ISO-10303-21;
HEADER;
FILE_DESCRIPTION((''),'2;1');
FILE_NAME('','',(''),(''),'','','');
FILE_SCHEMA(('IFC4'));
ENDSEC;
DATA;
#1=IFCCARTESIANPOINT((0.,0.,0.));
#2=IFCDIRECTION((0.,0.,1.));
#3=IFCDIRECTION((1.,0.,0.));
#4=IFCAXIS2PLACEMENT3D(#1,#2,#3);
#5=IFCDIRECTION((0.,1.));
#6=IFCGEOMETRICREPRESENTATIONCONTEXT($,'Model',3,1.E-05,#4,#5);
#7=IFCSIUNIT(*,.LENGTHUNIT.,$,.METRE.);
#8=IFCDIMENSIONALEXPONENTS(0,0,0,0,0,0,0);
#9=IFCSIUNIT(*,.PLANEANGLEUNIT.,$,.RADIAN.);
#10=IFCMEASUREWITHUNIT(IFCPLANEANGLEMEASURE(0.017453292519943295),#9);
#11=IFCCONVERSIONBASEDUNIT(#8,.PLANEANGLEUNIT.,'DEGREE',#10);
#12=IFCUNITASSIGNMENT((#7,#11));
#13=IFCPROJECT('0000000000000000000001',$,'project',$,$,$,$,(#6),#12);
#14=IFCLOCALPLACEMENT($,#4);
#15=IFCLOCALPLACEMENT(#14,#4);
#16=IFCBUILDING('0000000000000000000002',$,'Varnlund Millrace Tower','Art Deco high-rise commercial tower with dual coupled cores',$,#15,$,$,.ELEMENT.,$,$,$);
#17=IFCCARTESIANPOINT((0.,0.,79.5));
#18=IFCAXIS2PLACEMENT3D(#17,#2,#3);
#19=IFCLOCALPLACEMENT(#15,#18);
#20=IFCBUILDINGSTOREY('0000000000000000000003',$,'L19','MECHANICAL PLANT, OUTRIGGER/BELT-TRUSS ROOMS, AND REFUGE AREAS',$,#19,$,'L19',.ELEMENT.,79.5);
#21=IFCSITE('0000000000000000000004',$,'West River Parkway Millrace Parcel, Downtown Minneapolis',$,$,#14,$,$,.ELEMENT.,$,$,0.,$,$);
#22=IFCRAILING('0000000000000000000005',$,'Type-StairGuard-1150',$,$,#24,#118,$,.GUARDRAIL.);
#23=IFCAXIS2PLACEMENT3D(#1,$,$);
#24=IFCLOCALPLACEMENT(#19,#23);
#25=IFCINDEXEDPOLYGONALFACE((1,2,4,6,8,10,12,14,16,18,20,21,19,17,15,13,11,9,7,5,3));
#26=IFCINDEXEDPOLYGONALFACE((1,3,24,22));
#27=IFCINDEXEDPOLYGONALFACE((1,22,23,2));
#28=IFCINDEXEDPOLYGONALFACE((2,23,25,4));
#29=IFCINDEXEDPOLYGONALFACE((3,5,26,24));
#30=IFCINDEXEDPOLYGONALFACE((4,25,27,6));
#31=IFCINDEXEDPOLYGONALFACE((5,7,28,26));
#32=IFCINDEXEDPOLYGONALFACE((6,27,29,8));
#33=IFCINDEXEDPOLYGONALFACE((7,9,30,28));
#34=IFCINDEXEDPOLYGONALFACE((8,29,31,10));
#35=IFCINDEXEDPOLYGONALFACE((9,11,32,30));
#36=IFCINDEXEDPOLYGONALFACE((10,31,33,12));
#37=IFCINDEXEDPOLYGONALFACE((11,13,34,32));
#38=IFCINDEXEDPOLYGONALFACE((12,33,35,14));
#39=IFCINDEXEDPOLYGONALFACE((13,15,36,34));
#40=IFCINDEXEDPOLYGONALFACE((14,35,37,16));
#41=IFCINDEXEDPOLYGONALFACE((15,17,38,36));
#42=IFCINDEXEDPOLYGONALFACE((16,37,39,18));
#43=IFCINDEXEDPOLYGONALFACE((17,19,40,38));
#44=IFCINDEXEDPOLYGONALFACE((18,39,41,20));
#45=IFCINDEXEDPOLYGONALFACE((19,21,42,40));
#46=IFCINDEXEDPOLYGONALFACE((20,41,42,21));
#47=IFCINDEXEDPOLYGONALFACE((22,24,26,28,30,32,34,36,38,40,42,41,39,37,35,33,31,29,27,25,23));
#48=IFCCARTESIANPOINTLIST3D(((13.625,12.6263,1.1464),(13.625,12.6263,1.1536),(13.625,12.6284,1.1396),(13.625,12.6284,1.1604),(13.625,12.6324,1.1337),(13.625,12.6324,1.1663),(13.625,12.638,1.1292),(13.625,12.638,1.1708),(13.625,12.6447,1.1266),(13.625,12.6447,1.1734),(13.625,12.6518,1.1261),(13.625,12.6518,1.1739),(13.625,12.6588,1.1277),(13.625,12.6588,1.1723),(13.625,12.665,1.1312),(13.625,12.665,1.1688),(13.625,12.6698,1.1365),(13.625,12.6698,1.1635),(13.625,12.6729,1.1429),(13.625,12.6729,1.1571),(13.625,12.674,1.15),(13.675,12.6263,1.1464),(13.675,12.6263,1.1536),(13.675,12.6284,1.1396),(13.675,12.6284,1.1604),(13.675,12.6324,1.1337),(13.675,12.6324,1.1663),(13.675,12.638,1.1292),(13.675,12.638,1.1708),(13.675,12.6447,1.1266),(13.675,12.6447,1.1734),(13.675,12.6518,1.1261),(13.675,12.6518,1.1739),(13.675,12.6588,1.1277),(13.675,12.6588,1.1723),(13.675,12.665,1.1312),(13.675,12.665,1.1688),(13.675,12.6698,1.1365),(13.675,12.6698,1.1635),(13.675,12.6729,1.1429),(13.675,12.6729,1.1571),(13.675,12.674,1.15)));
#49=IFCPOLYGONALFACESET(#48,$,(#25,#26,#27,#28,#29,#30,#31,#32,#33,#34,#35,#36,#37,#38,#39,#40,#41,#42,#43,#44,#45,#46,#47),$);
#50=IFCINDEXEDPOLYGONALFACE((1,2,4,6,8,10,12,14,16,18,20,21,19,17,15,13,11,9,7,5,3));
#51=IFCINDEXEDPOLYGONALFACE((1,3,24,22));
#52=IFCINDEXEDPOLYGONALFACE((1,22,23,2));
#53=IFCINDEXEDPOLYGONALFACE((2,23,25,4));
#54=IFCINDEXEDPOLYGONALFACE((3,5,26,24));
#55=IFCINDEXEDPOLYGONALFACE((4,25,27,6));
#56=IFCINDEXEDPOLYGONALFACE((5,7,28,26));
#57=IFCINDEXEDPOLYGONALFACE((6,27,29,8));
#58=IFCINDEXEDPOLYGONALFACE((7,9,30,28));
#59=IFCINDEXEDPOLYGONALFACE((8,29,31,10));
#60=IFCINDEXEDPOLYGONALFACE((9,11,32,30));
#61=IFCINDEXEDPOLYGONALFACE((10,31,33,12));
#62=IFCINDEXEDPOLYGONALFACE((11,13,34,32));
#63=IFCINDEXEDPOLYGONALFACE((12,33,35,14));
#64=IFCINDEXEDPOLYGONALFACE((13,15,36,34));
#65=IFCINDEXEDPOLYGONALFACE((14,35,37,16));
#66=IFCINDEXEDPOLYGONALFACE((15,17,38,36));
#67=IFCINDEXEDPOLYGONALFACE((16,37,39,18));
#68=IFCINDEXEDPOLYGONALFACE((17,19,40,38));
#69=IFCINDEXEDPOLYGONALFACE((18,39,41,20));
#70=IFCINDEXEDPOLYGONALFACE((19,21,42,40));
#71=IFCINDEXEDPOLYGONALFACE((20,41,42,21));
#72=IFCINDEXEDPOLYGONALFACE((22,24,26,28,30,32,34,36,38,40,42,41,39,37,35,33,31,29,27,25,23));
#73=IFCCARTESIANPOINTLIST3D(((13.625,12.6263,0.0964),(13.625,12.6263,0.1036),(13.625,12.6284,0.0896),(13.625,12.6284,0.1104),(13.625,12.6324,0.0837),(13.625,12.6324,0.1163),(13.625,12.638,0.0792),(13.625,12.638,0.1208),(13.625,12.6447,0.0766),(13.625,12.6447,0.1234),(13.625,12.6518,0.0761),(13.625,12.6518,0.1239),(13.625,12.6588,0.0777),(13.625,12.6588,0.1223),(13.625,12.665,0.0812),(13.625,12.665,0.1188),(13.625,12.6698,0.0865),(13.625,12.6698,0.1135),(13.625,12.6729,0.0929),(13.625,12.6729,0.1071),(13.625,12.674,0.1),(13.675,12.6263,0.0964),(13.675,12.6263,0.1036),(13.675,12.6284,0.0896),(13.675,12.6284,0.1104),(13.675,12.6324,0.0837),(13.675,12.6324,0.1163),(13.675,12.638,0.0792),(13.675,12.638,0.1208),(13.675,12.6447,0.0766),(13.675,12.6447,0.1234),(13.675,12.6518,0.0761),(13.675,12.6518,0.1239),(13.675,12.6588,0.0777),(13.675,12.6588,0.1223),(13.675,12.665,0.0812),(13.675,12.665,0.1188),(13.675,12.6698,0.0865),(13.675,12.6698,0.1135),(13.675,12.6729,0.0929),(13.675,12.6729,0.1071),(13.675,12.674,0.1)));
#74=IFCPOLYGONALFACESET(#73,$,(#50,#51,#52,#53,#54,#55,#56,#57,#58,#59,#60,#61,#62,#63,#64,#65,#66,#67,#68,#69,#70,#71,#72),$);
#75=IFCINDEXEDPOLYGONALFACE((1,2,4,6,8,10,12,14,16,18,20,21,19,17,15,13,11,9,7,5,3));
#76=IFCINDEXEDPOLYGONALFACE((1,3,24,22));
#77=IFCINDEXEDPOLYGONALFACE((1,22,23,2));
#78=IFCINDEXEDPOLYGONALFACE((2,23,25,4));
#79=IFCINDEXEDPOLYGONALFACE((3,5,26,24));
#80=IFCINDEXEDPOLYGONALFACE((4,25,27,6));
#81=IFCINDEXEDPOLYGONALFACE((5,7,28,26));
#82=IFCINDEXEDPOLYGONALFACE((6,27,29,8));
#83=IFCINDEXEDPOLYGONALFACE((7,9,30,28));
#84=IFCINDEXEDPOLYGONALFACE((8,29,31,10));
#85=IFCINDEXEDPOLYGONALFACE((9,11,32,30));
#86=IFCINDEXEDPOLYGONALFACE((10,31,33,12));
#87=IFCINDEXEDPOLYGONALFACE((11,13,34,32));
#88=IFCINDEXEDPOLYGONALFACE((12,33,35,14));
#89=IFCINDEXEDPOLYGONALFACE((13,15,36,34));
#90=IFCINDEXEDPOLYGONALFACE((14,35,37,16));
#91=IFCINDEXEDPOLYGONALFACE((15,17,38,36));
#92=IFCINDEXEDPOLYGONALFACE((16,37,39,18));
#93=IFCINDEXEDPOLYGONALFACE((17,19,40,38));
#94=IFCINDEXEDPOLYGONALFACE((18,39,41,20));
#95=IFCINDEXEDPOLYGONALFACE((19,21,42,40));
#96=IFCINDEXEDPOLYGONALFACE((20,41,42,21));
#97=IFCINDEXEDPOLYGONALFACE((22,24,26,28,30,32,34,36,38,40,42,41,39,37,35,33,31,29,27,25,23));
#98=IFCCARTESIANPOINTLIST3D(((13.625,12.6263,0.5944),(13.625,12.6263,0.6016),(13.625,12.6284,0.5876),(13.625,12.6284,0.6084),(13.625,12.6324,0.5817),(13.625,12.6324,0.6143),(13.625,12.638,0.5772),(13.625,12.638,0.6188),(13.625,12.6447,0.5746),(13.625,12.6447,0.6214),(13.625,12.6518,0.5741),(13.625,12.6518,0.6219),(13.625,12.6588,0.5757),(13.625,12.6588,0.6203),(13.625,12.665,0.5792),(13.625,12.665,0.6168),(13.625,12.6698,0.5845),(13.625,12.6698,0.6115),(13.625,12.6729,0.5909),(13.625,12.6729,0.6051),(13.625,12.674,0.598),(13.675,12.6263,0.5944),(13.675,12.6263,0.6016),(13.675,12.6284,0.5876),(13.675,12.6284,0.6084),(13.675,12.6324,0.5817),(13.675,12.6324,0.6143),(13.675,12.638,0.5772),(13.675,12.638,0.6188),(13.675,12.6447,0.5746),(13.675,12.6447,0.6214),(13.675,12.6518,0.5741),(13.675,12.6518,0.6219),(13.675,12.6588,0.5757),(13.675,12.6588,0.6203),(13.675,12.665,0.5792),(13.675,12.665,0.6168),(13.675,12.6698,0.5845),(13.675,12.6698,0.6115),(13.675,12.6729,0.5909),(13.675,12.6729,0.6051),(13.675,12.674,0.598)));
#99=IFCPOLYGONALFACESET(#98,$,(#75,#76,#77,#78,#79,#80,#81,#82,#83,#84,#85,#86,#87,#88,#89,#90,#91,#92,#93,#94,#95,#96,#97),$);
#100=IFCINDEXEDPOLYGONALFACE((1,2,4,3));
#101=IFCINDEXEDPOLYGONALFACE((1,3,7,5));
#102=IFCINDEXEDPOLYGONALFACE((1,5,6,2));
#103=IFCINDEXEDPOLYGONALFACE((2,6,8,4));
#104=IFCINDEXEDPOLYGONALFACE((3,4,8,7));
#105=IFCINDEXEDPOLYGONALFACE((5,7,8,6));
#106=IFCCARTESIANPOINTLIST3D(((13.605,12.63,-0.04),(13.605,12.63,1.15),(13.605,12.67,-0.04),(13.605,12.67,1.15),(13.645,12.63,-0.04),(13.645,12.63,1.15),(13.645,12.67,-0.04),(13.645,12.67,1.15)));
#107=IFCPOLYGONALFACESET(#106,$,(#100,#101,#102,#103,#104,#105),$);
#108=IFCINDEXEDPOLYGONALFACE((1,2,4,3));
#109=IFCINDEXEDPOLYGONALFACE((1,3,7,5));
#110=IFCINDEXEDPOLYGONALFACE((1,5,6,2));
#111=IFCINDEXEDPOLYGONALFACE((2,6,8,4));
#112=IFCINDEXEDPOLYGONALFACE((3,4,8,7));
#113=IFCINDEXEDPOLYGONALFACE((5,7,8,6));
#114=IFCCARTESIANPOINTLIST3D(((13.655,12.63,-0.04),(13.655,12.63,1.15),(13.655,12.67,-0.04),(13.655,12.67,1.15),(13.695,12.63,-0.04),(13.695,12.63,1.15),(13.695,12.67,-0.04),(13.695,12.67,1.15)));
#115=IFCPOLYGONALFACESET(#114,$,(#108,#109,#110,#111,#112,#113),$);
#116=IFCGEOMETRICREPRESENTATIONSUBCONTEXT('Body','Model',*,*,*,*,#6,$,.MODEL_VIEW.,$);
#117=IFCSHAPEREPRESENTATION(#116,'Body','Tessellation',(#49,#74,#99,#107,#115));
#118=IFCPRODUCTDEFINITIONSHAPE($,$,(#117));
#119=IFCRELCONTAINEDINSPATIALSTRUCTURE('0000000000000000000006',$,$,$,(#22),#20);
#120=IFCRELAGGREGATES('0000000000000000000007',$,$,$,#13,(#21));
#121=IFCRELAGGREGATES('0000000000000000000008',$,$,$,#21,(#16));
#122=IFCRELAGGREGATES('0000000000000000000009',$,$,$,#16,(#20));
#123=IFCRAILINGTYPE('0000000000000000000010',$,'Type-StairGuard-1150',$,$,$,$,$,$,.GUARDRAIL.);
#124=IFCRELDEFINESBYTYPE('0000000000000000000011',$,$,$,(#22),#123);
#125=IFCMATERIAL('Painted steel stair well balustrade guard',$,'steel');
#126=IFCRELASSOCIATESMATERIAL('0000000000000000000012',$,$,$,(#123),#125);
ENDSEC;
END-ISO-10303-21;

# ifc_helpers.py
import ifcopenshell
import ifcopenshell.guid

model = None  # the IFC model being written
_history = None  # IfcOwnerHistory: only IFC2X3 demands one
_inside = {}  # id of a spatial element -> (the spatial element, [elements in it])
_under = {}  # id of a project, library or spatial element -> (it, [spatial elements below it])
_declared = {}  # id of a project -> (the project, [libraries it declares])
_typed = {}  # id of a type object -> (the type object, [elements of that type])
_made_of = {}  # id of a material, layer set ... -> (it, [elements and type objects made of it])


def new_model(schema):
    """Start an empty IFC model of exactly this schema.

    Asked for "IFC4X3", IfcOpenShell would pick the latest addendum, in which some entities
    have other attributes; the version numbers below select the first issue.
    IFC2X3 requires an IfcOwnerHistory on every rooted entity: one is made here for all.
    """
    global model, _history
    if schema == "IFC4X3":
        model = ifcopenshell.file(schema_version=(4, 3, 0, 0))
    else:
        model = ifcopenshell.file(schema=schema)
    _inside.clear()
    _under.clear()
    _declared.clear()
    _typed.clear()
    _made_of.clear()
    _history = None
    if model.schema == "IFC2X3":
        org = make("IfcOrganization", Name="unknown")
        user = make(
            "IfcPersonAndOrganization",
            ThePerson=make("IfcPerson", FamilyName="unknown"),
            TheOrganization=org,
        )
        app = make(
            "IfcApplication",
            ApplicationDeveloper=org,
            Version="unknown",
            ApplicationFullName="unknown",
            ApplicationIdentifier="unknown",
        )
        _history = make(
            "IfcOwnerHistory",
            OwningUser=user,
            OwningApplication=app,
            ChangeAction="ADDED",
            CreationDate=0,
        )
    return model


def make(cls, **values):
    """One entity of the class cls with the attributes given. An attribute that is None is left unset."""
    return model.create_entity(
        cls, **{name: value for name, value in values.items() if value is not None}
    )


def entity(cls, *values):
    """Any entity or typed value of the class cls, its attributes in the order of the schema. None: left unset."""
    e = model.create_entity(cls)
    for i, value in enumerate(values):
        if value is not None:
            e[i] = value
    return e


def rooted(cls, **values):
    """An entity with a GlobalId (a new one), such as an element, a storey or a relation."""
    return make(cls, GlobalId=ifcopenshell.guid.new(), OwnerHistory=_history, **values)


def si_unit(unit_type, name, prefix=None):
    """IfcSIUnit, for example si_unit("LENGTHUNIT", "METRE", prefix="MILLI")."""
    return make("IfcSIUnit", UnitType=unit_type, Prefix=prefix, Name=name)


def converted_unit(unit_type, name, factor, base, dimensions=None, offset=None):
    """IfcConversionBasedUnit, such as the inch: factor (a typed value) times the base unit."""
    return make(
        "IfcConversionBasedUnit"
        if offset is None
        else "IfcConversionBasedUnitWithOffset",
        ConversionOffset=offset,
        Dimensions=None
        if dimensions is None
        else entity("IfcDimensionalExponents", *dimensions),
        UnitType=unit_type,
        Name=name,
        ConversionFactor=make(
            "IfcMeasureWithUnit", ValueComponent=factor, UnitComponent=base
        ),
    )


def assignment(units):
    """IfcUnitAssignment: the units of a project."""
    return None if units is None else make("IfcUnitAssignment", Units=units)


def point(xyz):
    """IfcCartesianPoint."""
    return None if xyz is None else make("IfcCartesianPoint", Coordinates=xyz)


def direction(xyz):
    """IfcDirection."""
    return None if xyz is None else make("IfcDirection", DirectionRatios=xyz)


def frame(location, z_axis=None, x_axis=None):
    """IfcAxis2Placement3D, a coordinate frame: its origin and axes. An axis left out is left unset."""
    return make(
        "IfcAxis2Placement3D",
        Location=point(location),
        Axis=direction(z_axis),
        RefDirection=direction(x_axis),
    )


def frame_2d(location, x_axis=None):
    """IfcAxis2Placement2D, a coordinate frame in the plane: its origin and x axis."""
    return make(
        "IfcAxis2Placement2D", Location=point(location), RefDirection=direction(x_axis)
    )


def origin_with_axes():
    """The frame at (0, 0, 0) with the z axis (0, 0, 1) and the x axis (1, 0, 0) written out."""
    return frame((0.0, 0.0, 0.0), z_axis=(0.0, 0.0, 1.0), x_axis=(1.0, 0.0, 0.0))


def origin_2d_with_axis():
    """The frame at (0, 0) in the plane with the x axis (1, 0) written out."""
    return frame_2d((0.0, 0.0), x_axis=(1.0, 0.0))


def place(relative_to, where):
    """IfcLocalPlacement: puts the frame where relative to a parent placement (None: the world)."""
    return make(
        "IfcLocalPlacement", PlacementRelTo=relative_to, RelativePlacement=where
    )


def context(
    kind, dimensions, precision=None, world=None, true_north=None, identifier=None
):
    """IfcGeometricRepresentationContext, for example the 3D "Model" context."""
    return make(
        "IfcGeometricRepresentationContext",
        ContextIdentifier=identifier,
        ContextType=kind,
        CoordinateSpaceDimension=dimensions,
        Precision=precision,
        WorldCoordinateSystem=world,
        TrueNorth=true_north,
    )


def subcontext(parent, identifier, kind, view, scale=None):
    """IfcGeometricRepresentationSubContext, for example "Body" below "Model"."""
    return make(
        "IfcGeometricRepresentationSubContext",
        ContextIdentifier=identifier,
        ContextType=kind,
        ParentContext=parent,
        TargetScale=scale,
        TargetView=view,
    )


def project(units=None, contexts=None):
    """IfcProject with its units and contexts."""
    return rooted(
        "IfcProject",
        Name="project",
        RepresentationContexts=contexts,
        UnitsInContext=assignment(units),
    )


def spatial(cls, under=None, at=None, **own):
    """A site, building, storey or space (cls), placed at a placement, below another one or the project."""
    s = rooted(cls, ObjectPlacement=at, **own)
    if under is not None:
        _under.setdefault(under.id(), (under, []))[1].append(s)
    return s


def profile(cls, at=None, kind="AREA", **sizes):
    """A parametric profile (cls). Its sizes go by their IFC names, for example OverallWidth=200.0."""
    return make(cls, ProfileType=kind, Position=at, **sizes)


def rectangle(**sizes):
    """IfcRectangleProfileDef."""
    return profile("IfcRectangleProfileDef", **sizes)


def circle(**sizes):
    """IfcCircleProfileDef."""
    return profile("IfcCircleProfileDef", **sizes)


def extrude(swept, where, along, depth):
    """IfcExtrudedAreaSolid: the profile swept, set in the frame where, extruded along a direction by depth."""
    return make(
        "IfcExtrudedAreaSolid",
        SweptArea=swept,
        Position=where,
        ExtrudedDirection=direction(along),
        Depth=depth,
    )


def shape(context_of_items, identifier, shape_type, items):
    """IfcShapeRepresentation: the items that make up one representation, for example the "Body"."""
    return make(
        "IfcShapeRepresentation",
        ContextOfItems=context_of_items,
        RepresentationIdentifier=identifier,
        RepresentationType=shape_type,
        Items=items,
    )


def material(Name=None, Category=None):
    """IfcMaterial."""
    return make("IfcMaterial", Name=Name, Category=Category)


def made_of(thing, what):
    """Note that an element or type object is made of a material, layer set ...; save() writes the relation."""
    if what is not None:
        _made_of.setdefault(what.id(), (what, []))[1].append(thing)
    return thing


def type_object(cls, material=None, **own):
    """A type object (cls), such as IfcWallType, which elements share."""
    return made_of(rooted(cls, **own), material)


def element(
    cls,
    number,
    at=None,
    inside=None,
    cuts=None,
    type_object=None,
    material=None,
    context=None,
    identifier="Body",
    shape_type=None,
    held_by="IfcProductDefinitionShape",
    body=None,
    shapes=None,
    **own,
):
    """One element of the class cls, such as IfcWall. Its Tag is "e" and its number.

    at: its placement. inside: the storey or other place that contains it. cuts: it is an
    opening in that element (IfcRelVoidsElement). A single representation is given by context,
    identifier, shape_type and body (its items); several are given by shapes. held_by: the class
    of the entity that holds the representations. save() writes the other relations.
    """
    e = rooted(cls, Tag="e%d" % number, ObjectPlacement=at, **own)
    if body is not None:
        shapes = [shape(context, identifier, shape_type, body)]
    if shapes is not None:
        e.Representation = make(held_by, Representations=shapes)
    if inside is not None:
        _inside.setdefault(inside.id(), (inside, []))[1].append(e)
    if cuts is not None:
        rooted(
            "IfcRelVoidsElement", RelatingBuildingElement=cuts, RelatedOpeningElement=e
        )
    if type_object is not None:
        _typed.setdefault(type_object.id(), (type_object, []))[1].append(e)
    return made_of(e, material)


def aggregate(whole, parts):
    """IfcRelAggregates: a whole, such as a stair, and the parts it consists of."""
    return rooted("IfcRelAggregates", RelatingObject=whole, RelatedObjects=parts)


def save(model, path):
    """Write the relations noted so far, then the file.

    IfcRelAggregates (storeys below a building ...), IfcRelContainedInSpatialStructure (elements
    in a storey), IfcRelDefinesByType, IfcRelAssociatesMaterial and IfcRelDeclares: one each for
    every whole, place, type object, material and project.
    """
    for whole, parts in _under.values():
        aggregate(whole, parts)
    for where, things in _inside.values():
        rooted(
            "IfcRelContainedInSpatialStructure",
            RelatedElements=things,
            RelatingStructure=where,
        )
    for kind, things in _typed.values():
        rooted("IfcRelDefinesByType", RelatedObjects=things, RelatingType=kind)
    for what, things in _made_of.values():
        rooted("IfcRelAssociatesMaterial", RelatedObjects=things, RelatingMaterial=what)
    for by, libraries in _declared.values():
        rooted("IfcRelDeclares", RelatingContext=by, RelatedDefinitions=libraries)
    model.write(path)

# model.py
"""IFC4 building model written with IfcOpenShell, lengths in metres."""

from ifc_helpers import new_model, entity, si_unit, converted_unit, direction, frame, origin_with_axes, origin_2d_with_axis, place, context, subcontext, project, spatial, rectangle, circle, extrude, material, type_object, element, save


model = new_model("IFC4")

# Units and contexts
model_context = context("Model", 3, precision=1e-05, world=origin_with_axes(), true_north=direction((0.0, 1.0)))
body_context = subcontext(model_context, "Body", "Model", "MODEL_VIEW")
ifc_project = project(units=[si_unit("LENGTHUNIT", "METRE"), converted_unit("PLANEANGLEUNIT", "DEGREE", entity("IfcPlaneAngleMeasure", 0.017453292519943295), si_unit("PLANEANGLEUNIT", "RADIAN"), dimensions=[0, 0, 0, 0, 0, 0, 0])], contexts=[model_context])

# Site, building, storey
site_placement = place(None, origin_with_axes())
site = spatial("IfcSite", under=ifc_project, at=site_placement, Name="West River Parkway Millrace Parcel, Downtown Minneapolis", CompositionType="ELEMENT", RefElevation=0.0)
building_placement = place(site_placement, origin_with_axes())
building = spatial("IfcBuilding", under=site, at=building_placement, Name="Varnlund Millrace Tower", Description="Art Deco high-rise commercial tower with dual coupled cores", CompositionType="ELEMENT")
storey_placement = place(building_placement, frame((0.0, 0.0, 79.5), z_axis=(0.0, 0.0, 1.0), x_axis=(1.0, 0.0, 0.0)))
storey = spatial("IfcBuildingStorey", under=building, at=storey_placement, Name="L19", Description="MECHANICAL PLANT, OUTRIGGER/BELT-TRUSS ROOMS, AND REFUGE AREAS", LongName="L19", CompositionType="ELEMENT", Elevation=79.5)

# Railing
ifc_material_1 = material(Name="Painted steel stair well balustrade guard", Category="steel")
railing_type_1 = type_object("IfcRailingType", Name="Type-StairGuard-1150", PredefinedType="GUARDRAIL", material=ifc_material_1)
railing_1_placement = place(storey_placement, frame((0.0, 0.0, -79.5), z_axis=(0.0, 0.0, 1.0), x_axis=(1.0, 0.0, 0.0)))
element("IfcRailing", 1, at=railing_1_placement, inside=storey, type_object=railing_type_1, Name="Type-StairGuard-1150", PredefinedType="GUARDRAIL", context=body_context, shape_type="SweptSolid", body=[
    extrude(circle(Radius=0.024, at=origin_2d_with_axis()), frame((13.625, 12.65, 80.65), z_axis=(1.0, 0.0, 0.0), x_axis=(0.0, 1.0, 0.0)), (0.0, 0.0, 1.0), 0.05),
    extrude(circle(Radius=0.024, at=origin_2d_with_axis()), frame((13.625, 12.65, 79.6), z_axis=(1.0, 0.0, 0.0), x_axis=(0.0, 1.0, 0.0)), (0.0, 0.0, 1.0), 0.05),
    extrude(circle(Radius=0.024, at=origin_2d_with_axis()), frame((13.625, 12.65, 80.098), z_axis=(1.0, 0.0, 0.0), x_axis=(0.0, 1.0, 0.0)), (0.0, 0.0, 1.0), 0.05),
    extrude(rectangle(XDim=0.04, YDim=0.04, at=origin_2d_with_axis()), frame((13.625, 12.65, 79.46), z_axis=(0.0, 0.0, 1.0), x_axis=(1.0, 0.0, 0.0)), (0.0, 0.0, 1.0), 1.19),
    extrude(rectangle(XDim=0.04, YDim=0.04, at=origin_2d_with_axis()), frame((13.675, 12.65, 79.46), z_axis=(0.0, 0.0, 1.0), x_axis=(1.0, 0.0, 0.0)), (0.0, 0.0, 1.0), 1.19),
])

save(model, "model.ifc")
